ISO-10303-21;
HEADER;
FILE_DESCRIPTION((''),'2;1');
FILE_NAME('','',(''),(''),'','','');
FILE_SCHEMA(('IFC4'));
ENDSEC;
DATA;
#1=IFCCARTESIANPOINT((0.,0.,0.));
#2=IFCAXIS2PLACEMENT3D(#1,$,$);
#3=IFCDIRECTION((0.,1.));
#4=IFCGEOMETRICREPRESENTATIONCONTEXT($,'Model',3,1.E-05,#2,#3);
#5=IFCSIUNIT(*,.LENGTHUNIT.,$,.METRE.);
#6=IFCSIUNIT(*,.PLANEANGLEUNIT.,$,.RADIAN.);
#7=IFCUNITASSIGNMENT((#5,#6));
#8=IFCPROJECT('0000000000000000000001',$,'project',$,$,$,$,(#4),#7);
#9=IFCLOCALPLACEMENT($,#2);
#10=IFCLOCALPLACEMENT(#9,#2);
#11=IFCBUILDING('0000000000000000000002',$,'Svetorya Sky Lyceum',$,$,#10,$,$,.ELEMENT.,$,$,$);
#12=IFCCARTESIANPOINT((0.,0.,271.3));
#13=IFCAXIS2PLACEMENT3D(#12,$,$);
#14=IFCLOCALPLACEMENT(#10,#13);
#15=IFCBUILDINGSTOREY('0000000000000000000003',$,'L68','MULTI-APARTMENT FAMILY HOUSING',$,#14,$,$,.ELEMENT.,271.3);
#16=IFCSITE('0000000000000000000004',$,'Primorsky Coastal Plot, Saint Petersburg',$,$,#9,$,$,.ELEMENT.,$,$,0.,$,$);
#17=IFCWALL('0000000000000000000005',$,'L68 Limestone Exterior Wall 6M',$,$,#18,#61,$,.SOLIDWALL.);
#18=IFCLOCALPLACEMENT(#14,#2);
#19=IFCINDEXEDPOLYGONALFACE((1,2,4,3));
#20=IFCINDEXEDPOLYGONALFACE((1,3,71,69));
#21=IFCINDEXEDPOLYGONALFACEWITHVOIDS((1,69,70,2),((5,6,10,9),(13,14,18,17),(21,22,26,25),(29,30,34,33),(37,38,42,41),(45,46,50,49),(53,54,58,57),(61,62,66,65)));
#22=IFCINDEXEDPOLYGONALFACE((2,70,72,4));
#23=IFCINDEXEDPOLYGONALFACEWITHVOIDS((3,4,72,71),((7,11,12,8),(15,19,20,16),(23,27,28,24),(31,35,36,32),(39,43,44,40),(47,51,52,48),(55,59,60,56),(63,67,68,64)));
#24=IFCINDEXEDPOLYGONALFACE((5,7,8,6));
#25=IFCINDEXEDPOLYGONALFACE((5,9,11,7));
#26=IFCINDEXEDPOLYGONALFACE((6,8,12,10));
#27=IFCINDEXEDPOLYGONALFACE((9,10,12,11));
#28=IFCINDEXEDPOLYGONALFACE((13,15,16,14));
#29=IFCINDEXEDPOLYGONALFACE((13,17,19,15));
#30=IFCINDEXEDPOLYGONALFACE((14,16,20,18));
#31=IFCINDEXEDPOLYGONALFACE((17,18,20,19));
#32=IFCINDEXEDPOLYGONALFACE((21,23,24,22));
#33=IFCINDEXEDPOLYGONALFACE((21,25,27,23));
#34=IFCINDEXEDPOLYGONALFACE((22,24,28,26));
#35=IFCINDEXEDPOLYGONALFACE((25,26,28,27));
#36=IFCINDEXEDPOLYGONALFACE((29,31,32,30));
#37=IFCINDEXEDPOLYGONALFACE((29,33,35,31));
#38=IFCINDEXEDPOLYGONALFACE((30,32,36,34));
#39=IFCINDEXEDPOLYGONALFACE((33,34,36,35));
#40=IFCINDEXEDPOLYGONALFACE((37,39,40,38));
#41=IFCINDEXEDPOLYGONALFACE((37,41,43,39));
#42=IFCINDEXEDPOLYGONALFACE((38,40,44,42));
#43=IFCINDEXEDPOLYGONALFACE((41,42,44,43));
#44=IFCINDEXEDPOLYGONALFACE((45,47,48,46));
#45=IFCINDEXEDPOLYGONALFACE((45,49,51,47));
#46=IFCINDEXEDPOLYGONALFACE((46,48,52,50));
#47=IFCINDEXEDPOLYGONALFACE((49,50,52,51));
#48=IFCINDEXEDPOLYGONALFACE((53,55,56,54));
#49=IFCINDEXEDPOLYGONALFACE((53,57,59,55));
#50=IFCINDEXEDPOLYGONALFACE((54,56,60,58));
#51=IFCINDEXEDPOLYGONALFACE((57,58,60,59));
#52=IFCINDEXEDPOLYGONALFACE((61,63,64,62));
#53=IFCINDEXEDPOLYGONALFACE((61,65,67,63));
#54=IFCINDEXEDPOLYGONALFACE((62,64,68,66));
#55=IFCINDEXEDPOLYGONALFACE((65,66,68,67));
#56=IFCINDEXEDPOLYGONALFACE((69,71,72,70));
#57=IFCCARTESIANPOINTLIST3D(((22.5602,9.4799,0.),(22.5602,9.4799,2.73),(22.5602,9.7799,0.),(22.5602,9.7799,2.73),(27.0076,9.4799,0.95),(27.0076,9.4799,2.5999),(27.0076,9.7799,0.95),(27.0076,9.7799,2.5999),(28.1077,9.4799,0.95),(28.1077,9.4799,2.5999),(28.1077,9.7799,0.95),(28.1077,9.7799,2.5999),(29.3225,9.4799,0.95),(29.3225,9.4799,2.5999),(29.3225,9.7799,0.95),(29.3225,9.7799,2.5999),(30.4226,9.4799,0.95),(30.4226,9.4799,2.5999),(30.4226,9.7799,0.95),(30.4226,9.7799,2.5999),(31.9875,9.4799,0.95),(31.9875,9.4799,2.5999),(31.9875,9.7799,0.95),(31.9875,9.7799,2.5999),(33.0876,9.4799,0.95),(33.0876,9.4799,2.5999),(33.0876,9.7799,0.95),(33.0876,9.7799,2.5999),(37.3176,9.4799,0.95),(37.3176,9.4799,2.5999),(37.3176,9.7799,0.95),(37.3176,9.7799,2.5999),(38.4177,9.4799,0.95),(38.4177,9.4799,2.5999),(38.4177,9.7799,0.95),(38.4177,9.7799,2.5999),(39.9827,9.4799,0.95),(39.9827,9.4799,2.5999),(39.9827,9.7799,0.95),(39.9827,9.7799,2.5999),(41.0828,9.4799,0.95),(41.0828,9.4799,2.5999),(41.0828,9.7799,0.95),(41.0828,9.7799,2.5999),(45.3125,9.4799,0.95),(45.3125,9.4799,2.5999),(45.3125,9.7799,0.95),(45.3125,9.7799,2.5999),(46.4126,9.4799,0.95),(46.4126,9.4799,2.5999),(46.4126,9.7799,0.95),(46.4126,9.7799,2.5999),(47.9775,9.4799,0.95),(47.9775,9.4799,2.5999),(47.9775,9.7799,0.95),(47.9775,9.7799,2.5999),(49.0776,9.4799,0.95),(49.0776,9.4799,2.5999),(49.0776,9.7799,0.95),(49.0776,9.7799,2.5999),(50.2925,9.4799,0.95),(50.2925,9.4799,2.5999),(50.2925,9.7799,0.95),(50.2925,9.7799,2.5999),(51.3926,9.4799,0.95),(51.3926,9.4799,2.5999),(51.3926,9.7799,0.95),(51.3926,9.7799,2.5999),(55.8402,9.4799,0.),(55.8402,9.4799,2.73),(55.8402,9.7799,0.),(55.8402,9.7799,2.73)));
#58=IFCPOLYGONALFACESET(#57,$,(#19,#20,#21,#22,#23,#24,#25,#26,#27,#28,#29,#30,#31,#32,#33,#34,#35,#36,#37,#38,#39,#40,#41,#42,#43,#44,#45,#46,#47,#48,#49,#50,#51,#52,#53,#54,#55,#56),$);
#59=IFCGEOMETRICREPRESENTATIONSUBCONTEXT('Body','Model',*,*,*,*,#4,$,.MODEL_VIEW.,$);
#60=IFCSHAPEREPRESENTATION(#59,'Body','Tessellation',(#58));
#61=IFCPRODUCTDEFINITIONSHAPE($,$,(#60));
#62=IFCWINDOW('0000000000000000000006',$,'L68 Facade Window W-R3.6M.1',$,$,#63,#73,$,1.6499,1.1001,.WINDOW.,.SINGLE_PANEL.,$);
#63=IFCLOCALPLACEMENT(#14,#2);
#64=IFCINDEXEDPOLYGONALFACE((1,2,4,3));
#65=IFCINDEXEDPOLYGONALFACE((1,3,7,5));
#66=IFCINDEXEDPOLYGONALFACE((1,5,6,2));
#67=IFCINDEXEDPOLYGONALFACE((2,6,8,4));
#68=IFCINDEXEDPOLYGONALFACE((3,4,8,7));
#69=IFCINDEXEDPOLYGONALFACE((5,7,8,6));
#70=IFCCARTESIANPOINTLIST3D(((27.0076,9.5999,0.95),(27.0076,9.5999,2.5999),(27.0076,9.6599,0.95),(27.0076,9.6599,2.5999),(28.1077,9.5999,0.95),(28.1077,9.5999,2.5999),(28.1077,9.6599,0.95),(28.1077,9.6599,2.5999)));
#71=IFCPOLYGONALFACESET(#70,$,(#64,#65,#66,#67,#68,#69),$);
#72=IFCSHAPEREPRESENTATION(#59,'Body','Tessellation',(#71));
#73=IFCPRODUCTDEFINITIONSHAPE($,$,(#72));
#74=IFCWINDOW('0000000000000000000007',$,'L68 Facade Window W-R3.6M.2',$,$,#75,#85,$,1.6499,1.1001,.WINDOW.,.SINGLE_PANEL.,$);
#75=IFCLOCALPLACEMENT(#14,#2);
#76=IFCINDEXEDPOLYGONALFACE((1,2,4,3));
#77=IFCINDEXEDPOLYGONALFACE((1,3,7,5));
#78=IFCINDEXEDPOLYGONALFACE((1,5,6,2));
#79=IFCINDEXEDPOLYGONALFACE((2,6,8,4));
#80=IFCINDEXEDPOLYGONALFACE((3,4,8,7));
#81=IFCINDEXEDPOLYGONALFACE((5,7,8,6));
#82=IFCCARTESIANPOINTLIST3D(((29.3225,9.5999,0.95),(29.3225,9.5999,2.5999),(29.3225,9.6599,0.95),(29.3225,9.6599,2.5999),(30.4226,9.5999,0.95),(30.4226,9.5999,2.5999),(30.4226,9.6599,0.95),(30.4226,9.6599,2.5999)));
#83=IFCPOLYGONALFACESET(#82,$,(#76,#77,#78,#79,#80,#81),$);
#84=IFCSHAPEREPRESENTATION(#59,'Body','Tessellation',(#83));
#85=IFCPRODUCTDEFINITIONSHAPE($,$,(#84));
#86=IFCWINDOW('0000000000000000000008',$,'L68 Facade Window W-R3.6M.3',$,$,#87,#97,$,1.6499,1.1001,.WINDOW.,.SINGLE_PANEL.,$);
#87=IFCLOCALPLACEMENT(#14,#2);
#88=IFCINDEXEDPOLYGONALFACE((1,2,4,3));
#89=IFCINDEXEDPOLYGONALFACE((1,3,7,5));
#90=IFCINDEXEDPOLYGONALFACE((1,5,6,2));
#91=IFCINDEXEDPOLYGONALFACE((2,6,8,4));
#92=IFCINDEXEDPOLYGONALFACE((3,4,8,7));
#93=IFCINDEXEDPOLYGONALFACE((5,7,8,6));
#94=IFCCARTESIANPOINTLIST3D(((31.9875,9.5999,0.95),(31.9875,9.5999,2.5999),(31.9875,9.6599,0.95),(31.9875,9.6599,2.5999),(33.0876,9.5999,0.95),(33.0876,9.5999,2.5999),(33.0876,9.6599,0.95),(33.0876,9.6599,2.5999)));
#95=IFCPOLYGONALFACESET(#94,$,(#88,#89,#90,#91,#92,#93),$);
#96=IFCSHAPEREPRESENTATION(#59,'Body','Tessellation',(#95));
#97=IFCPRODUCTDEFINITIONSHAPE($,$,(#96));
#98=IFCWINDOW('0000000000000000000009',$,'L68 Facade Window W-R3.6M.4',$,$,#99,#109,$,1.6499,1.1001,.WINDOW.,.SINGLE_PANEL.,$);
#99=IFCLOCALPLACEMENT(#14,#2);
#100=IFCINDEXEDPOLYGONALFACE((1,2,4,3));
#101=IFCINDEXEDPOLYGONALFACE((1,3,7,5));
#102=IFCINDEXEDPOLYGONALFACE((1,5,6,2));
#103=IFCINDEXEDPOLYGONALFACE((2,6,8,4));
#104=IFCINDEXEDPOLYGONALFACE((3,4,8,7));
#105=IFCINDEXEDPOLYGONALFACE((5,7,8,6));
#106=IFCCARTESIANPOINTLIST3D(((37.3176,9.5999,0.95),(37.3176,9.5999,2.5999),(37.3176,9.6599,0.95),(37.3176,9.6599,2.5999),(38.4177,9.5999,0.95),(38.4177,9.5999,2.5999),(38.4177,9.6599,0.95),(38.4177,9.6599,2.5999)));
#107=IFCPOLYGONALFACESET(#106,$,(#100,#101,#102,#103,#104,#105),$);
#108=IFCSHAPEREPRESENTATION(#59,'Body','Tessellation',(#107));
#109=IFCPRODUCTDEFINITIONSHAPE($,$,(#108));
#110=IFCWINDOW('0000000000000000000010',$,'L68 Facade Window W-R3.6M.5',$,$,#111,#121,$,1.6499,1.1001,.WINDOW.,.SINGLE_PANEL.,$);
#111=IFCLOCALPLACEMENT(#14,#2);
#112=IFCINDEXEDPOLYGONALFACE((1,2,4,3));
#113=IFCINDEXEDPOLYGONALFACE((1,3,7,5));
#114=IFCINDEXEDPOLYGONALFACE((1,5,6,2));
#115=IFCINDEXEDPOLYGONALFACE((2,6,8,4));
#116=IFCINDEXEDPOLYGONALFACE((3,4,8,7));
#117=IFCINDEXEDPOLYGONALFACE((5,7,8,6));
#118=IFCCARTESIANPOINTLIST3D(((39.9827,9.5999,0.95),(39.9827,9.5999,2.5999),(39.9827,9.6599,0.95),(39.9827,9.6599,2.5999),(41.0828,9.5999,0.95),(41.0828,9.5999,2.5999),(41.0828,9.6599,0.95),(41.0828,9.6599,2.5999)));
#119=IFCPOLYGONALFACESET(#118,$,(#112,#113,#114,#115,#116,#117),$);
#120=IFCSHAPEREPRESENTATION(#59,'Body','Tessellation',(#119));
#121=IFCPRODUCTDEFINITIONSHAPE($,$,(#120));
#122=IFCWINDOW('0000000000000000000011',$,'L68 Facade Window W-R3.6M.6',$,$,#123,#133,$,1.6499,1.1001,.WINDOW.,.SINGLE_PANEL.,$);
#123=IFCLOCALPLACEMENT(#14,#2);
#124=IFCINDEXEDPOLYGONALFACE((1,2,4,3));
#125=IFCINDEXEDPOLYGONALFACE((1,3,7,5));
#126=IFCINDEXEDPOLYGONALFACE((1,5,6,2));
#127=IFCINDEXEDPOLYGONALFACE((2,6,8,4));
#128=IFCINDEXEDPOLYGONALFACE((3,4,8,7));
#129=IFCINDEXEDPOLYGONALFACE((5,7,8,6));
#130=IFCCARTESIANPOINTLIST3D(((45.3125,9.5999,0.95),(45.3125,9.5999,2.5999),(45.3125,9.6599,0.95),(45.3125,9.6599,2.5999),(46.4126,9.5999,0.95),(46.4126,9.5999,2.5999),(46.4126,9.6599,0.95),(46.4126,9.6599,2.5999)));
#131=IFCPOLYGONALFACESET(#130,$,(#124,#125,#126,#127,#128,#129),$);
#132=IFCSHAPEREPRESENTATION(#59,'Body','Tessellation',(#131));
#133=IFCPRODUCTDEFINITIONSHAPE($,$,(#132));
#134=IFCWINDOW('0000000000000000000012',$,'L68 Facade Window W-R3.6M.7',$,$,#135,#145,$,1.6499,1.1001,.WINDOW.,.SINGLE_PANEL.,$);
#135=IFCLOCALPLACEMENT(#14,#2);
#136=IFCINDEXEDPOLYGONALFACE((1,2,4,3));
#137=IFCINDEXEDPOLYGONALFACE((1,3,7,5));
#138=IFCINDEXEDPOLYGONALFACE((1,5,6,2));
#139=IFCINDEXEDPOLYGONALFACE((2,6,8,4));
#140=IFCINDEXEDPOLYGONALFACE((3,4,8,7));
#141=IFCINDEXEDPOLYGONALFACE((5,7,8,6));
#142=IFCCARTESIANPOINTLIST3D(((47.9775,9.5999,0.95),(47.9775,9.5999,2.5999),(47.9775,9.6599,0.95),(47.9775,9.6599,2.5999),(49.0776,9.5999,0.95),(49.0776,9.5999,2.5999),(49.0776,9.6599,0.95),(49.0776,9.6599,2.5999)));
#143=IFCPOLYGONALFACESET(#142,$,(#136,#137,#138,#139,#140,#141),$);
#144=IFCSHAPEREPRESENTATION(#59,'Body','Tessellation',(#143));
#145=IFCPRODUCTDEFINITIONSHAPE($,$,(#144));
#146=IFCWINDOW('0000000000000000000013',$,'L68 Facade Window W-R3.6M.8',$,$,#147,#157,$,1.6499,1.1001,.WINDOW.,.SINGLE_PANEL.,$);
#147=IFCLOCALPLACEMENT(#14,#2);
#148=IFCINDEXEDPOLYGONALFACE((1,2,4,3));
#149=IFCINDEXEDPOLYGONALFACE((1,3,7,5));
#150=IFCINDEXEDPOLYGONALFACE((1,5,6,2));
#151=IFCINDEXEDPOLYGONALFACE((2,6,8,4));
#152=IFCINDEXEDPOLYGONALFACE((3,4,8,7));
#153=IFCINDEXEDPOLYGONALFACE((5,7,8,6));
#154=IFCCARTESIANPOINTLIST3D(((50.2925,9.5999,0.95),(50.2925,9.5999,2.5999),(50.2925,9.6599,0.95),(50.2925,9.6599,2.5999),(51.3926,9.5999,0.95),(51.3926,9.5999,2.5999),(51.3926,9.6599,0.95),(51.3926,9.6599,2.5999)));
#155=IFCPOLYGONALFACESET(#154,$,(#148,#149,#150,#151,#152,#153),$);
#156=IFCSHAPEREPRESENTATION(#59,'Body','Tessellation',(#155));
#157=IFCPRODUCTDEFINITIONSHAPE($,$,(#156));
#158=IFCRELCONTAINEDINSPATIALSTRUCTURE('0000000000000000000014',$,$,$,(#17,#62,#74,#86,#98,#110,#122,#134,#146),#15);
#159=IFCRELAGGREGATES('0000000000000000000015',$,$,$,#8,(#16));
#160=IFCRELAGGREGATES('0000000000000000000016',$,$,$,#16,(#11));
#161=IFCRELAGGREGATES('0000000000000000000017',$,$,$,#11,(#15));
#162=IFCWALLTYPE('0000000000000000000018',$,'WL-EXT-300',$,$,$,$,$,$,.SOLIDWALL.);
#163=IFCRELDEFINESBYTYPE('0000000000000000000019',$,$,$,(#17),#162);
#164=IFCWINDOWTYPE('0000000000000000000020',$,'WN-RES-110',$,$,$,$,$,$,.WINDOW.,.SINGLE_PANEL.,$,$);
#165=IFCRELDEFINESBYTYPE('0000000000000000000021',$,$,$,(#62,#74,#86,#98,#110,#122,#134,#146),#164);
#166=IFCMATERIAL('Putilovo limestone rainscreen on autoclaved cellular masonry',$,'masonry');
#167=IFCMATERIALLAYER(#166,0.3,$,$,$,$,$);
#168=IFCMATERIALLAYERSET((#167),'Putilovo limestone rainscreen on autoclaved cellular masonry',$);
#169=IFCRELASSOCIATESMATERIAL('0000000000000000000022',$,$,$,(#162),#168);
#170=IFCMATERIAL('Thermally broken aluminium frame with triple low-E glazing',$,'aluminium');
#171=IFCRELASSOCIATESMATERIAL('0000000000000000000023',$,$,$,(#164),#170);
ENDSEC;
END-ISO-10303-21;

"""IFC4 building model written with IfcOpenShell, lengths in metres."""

from ifc_helpers import new_model, si_unit, direction, frame, frame_2d, origin, place, context, subcontext, project, spatial, rectangle, extrude, material, layer, layer_set, type_object, element, fill, save


model = new_model("IFC4")

# Units and contexts
model_context = context("Model", 3, precision=1e-05, world=origin(), true_north=direction((0.0, 1.0)))
body_context = subcontext(model_context, "Body", "Model", "MODEL_VIEW")
ifc_project = project(units=[si_unit("LENGTHUNIT", "METRE"), si_unit("PLANEANGLEUNIT", "RADIAN")], contexts=[model_context])

# Site, building, storey
site_placement = place(None, origin())
site = spatial("IfcSite", under=ifc_project, at=site_placement, Name="Primorsky Coastal Plot, Saint Petersburg", CompositionType="ELEMENT", RefElevation=0.0)
building_placement = place(site_placement, origin())
building = spatial("IfcBuilding", under=site, at=building_placement, Name="Svetorya Sky Lyceum", CompositionType="ELEMENT")
storey_placement = place(building_placement, frame((0.0, 0.0, 271.3)))
storey = spatial("IfcBuildingStorey", under=building, at=storey_placement, Name="L68", Description="MULTI-APARTMENT FAMILY HOUSING", CompositionType="ELEMENT", Elevation=271.3)

# Wall, openings, windows
ifc_material_1 = material(Name="Putilovo limestone rainscreen on autoclaved cellular masonry", Category="masonry")
ifc_layer_1 = layer(ifc_material_1, 0.3)
ifc_layer_set_1 = layer_set([ifc_layer_1], Name="Putilovo limestone rainscreen on autoclaved cellular masonry")
wall_type_1 = type_object("IfcWallType", Name="WL-EXT-300", PredefinedType="SOLIDWALL", material=ifc_layer_set_1)
wall_1_placement = place(storey_placement, frame((22.5601, 9.6299, 0.0), z_axis=(0.0, 0.0, 1.0), x_axis=(1.0, 0.0, 0.0)))
wall_1 = element("IfcWall", 1, at=wall_1_placement, inside=storey, type_object=wall_type_1, Name="L68 Limestone Exterior Wall 6M", PredefinedType="SOLIDWALL", context=body_context, shape_type="SweptSolid", body=[
    extrude(rectangle(XDim=33.28, YDim=0.3, at=frame_2d((16.6401, 0.0))), origin(), (0.0, 0.0, 1.0), 2.73),
])
opening_1_placement = place(wall_1_placement, frame((4.4475, 0.0, 0.95)))
opening_1 = element("IfcOpeningElement", 2, at=opening_1_placement, cuts=wall_1, PredefinedType="OPENING", context=body_context, shape_type="SweptSolid", body=[
    extrude(rectangle(XDim=1.1001, YDim=1.6499, at=frame_2d((0.55, 0.825))), frame((0.0, 0.1599, 0.0), z_axis=(0.0, -1.0, 0.0), x_axis=(1.0, 0.0, 0.0)), (0.0, 0.0, 1.0), 0.3201),
])
opening_2_placement = place(wall_1_placement, frame((6.7625, 0.0, 0.95)))
opening_2 = element("IfcOpeningElement", 3, at=opening_2_placement, cuts=wall_1, PredefinedType="OPENING", context=body_context, shape_type="SweptSolid", body=[
    extrude(rectangle(XDim=1.1001, YDim=1.6499, at=frame_2d((0.55, 0.825))), frame((0.0, 0.1599, 0.0), z_axis=(0.0, -1.0, 0.0), x_axis=(1.0, 0.0, 0.0)), (0.0, 0.0, 1.0), 0.3201),
])
opening_3_placement = place(wall_1_placement, frame((9.4275, 0.0, 0.95)))
opening_3 = element("IfcOpeningElement", 4, at=opening_3_placement, cuts=wall_1, PredefinedType="OPENING", context=body_context, shape_type="SweptSolid", body=[
    extrude(rectangle(XDim=1.1001, YDim=1.6499, at=frame_2d((0.55, 0.825))), frame((0.0, 0.1599, 0.0), z_axis=(0.0, -1.0, 0.0), x_axis=(1.0, 0.0, 0.0)), (0.0, 0.0, 1.0), 0.3201),
])
opening_4_placement = place(wall_1_placement, frame((14.7576, 0.0, 0.95)))
opening_4 = element("IfcOpeningElement", 5, at=opening_4_placement, cuts=wall_1, PredefinedType="OPENING", context=body_context, shape_type="SweptSolid", body=[
    extrude(rectangle(XDim=1.1001, YDim=1.6499, at=frame_2d((0.55, 0.825))), frame((0.0, 0.1599, 0.0), z_axis=(0.0, -1.0, 0.0), x_axis=(1.0, 0.0, 0.0)), (0.0, 0.0, 1.0), 0.3201),
])
opening_5_placement = place(wall_1_placement, frame((17.4226, 0.0, 0.95)))
opening_5 = element("IfcOpeningElement", 6, at=opening_5_placement, cuts=wall_1, PredefinedType="OPENING", context=body_context, shape_type="SweptSolid", body=[
    extrude(rectangle(XDim=1.1001, YDim=1.6499, at=frame_2d((0.55, 0.825))), frame((0.0, 0.1599, 0.0), z_axis=(0.0, -1.0, 0.0), x_axis=(1.0, 0.0, 0.0)), (0.0, 0.0, 1.0), 0.3201),
])
opening_6_placement = place(wall_1_placement, frame((22.7524, 0.0, 0.95)))
opening_6 = element("IfcOpeningElement", 7, at=opening_6_placement, cuts=wall_1, PredefinedType="OPENING", context=body_context, shape_type="SweptSolid", body=[
    extrude(rectangle(XDim=1.1001, YDim=1.6499, at=frame_2d((0.55, 0.825))), frame((0.0, 0.1599, 0.0), z_axis=(0.0, -1.0, 0.0), x_axis=(1.0, 0.0, 0.0)), (0.0, 0.0, 1.0), 0.3201),
])
opening_7_placement = place(wall_1_placement, frame((25.4175, 0.0, 0.95)))
opening_7 = element("IfcOpeningElement", 8, at=opening_7_placement, cuts=wall_1, PredefinedType="OPENING", context=body_context, shape_type="SweptSolid", body=[
    extrude(rectangle(XDim=1.1001, YDim=1.6499, at=frame_2d((0.55, 0.825))), frame((0.0, 0.1599, 0.0), z_axis=(0.0, -1.0, 0.0), x_axis=(1.0, 0.0, 0.0)), (0.0, 0.0, 1.0), 0.3201),
])
opening_8_placement = place(wall_1_placement, frame((27.7324, 0.0, 0.95)))
opening_8 = element("IfcOpeningElement", 9, at=opening_8_placement, cuts=wall_1, PredefinedType="OPENING", context=body_context, shape_type="SweptSolid", body=[
    extrude(rectangle(XDim=1.1001, YDim=1.6499, at=frame_2d((0.55, 0.825))), frame((0.0, 0.1599, 0.0), z_axis=(0.0, -1.0, 0.0), x_axis=(1.0, 0.0, 0.0)), (0.0, 0.0, 1.0), 0.3201),
])
ifc_material_2 = material(Name="Thermally broken aluminium frame with triple low-E glazing", Category="aluminium")
window_type = type_object("IfcWindowType", Name="WN-RES-110", PartitioningType="SINGLE_PANEL", PredefinedType="WINDOW", material=ifc_material_2)
window_1_placement = place(opening_1_placement, origin())
window_1 = element("IfcWindow", 10, at=window_1_placement, inside=storey, type_object=window_type, Name="L68 Facade Window W-R3.6M.1", OverallHeight=1.6499, OverallWidth=1.1001, PartitioningType="SINGLE_PANEL", PredefinedType="WINDOW", context=body_context, shape_type="SweptSolid", body=[
    extrude(rectangle(XDim=1.1001, YDim=1.6499, at=frame_2d((0.55, 0.825))), frame((0.0, 0.03, 0.0), z_axis=(0.0, -1.0, 0.0), x_axis=(1.0, 0.0, 0.0)), (0.0, 0.0, 1.0), 0.0601),
])
fill(opening_1, window_1)
window_2_placement = place(opening_2_placement, origin())
window_2 = element("IfcWindow", 11, at=window_2_placement, inside=storey, type_object=window_type, Name="L68 Facade Window W-R3.6M.2", OverallHeight=1.6499, OverallWidth=1.1001, PartitioningType="SINGLE_PANEL", PredefinedType="WINDOW", context=body_context, shape_type="SweptSolid", body=[
    extrude(rectangle(XDim=1.1001, YDim=1.6499, at=frame_2d((0.55, 0.825))), frame((0.0, 0.03, 0.0), z_axis=(0.0, -1.0, 0.0), x_axis=(1.0, 0.0, 0.0)), (0.0, 0.0, 1.0), 0.0601),
])
fill(opening_2, window_2)
window_3_placement = place(opening_3_placement, origin())
window_3 = element("IfcWindow", 12, at=window_3_placement, inside=storey, type_object=window_type, Name="L68 Facade Window W-R3.6M.3", OverallHeight=1.6499, OverallWidth=1.1001, PartitioningType="SINGLE_PANEL", PredefinedType="WINDOW", context=body_context, shape_type="SweptSolid", body=[
    extrude(rectangle(XDim=1.1001, YDim=1.6499, at=frame_2d((0.55, 0.825))), frame((0.0, 0.03, 0.0), z_axis=(0.0, -1.0, 0.0), x_axis=(1.0, 0.0, 0.0)), (0.0, 0.0, 1.0), 0.0601),
])
fill(opening_3, window_3)
window_4_placement = place(opening_4_placement, origin())
window_4 = element("IfcWindow", 13, at=window_4_placement, inside=storey, type_object=window_type, Name="L68 Facade Window W-R3.6M.4", OverallHeight=1.6499, OverallWidth=1.1001, PartitioningType="SINGLE_PANEL", PredefinedType="WINDOW", context=body_context, shape_type="SweptSolid", body=[
    extrude(rectangle(XDim=1.1001, YDim=1.6499, at=frame_2d((0.55, 0.825))), frame((0.0, 0.03, 0.0), z_axis=(0.0, -1.0, 0.0), x_axis=(1.0, 0.0, 0.0)), (0.0, 0.0, 1.0), 0.0601),
])
fill(opening_4, window_4)
window_5_placement = place(opening_5_placement, origin())
window_5 = element("IfcWindow", 14, at=window_5_placement, inside=storey, type_object=window_type, Name="L68 Facade Window W-R3.6M.5", OverallHeight=1.6499, OverallWidth=1.1001, PartitioningType="SINGLE_PANEL", PredefinedType="WINDOW", context=body_context, shape_type="SweptSolid", body=[
    extrude(rectangle(XDim=1.1001, YDim=1.6499, at=frame_2d((0.55, 0.825))), frame((0.0, 0.03, 0.0), z_axis=(0.0, -1.0, 0.0), x_axis=(1.0, 0.0, 0.0)), (0.0, 0.0, 1.0), 0.0601),
])
fill(opening_5, window_5)
window_6_placement = place(opening_6_placement, origin())
window_6 = element("IfcWindow", 15, at=window_6_placement, inside=storey, type_object=window_type, Name="L68 Facade Window W-R3.6M.6", OverallHeight=1.6499, OverallWidth=1.1001, PartitioningType="SINGLE_PANEL", PredefinedType="WINDOW", context=body_context, shape_type="SweptSolid", body=[
    extrude(rectangle(XDim=1.1001, YDim=1.6499, at=frame_2d((0.55, 0.825))), frame((0.0, 0.03, 0.0), z_axis=(0.0, -1.0, 0.0), x_axis=(1.0, 0.0, 0.0)), (0.0, 0.0, 1.0), 0.0601),
])
fill(opening_6, window_6)
window_7_placement = place(opening_7_placement, origin())
window_7 = element("IfcWindow", 16, at=window_7_placement, inside=storey, type_object=window_type, Name="L68 Facade Window W-R3.6M.7", OverallHeight=1.6499, OverallWidth=1.1001, PartitioningType="SINGLE_PANEL", PredefinedType="WINDOW", context=body_context, shape_type="SweptSolid", body=[
    extrude(rectangle(XDim=1.1001, YDim=1.6499, at=frame_2d((0.55, 0.825))), frame((0.0, 0.03, 0.0), z_axis=(0.0, -1.0, 0.0), x_axis=(1.0, 0.0, 0.0)), (0.0, 0.0, 1.0), 0.0601),
])
fill(opening_7, window_7)
window_8_placement = place(opening_8_placement, origin())
window_8 = element("IfcWindow", 17, at=window_8_placement, inside=storey, type_object=window_type, Name="L68 Facade Window W-R3.6M.8", OverallHeight=1.6499, OverallWidth=1.1001, PartitioningType="SINGLE_PANEL", PredefinedType="WINDOW", context=body_context, shape_type="SweptSolid", body=[
    extrude(rectangle(XDim=1.1001, YDim=1.6499, at=frame_2d((0.55, 0.825))), frame((0.0, 0.03, 0.0), z_axis=(0.0, -1.0, 0.0), x_axis=(1.0, 0.0, 0.0)), (0.0, 0.0, 1.0), 0.0601),
])
fill(opening_8, window_8)

save(model, "model.ifc")
